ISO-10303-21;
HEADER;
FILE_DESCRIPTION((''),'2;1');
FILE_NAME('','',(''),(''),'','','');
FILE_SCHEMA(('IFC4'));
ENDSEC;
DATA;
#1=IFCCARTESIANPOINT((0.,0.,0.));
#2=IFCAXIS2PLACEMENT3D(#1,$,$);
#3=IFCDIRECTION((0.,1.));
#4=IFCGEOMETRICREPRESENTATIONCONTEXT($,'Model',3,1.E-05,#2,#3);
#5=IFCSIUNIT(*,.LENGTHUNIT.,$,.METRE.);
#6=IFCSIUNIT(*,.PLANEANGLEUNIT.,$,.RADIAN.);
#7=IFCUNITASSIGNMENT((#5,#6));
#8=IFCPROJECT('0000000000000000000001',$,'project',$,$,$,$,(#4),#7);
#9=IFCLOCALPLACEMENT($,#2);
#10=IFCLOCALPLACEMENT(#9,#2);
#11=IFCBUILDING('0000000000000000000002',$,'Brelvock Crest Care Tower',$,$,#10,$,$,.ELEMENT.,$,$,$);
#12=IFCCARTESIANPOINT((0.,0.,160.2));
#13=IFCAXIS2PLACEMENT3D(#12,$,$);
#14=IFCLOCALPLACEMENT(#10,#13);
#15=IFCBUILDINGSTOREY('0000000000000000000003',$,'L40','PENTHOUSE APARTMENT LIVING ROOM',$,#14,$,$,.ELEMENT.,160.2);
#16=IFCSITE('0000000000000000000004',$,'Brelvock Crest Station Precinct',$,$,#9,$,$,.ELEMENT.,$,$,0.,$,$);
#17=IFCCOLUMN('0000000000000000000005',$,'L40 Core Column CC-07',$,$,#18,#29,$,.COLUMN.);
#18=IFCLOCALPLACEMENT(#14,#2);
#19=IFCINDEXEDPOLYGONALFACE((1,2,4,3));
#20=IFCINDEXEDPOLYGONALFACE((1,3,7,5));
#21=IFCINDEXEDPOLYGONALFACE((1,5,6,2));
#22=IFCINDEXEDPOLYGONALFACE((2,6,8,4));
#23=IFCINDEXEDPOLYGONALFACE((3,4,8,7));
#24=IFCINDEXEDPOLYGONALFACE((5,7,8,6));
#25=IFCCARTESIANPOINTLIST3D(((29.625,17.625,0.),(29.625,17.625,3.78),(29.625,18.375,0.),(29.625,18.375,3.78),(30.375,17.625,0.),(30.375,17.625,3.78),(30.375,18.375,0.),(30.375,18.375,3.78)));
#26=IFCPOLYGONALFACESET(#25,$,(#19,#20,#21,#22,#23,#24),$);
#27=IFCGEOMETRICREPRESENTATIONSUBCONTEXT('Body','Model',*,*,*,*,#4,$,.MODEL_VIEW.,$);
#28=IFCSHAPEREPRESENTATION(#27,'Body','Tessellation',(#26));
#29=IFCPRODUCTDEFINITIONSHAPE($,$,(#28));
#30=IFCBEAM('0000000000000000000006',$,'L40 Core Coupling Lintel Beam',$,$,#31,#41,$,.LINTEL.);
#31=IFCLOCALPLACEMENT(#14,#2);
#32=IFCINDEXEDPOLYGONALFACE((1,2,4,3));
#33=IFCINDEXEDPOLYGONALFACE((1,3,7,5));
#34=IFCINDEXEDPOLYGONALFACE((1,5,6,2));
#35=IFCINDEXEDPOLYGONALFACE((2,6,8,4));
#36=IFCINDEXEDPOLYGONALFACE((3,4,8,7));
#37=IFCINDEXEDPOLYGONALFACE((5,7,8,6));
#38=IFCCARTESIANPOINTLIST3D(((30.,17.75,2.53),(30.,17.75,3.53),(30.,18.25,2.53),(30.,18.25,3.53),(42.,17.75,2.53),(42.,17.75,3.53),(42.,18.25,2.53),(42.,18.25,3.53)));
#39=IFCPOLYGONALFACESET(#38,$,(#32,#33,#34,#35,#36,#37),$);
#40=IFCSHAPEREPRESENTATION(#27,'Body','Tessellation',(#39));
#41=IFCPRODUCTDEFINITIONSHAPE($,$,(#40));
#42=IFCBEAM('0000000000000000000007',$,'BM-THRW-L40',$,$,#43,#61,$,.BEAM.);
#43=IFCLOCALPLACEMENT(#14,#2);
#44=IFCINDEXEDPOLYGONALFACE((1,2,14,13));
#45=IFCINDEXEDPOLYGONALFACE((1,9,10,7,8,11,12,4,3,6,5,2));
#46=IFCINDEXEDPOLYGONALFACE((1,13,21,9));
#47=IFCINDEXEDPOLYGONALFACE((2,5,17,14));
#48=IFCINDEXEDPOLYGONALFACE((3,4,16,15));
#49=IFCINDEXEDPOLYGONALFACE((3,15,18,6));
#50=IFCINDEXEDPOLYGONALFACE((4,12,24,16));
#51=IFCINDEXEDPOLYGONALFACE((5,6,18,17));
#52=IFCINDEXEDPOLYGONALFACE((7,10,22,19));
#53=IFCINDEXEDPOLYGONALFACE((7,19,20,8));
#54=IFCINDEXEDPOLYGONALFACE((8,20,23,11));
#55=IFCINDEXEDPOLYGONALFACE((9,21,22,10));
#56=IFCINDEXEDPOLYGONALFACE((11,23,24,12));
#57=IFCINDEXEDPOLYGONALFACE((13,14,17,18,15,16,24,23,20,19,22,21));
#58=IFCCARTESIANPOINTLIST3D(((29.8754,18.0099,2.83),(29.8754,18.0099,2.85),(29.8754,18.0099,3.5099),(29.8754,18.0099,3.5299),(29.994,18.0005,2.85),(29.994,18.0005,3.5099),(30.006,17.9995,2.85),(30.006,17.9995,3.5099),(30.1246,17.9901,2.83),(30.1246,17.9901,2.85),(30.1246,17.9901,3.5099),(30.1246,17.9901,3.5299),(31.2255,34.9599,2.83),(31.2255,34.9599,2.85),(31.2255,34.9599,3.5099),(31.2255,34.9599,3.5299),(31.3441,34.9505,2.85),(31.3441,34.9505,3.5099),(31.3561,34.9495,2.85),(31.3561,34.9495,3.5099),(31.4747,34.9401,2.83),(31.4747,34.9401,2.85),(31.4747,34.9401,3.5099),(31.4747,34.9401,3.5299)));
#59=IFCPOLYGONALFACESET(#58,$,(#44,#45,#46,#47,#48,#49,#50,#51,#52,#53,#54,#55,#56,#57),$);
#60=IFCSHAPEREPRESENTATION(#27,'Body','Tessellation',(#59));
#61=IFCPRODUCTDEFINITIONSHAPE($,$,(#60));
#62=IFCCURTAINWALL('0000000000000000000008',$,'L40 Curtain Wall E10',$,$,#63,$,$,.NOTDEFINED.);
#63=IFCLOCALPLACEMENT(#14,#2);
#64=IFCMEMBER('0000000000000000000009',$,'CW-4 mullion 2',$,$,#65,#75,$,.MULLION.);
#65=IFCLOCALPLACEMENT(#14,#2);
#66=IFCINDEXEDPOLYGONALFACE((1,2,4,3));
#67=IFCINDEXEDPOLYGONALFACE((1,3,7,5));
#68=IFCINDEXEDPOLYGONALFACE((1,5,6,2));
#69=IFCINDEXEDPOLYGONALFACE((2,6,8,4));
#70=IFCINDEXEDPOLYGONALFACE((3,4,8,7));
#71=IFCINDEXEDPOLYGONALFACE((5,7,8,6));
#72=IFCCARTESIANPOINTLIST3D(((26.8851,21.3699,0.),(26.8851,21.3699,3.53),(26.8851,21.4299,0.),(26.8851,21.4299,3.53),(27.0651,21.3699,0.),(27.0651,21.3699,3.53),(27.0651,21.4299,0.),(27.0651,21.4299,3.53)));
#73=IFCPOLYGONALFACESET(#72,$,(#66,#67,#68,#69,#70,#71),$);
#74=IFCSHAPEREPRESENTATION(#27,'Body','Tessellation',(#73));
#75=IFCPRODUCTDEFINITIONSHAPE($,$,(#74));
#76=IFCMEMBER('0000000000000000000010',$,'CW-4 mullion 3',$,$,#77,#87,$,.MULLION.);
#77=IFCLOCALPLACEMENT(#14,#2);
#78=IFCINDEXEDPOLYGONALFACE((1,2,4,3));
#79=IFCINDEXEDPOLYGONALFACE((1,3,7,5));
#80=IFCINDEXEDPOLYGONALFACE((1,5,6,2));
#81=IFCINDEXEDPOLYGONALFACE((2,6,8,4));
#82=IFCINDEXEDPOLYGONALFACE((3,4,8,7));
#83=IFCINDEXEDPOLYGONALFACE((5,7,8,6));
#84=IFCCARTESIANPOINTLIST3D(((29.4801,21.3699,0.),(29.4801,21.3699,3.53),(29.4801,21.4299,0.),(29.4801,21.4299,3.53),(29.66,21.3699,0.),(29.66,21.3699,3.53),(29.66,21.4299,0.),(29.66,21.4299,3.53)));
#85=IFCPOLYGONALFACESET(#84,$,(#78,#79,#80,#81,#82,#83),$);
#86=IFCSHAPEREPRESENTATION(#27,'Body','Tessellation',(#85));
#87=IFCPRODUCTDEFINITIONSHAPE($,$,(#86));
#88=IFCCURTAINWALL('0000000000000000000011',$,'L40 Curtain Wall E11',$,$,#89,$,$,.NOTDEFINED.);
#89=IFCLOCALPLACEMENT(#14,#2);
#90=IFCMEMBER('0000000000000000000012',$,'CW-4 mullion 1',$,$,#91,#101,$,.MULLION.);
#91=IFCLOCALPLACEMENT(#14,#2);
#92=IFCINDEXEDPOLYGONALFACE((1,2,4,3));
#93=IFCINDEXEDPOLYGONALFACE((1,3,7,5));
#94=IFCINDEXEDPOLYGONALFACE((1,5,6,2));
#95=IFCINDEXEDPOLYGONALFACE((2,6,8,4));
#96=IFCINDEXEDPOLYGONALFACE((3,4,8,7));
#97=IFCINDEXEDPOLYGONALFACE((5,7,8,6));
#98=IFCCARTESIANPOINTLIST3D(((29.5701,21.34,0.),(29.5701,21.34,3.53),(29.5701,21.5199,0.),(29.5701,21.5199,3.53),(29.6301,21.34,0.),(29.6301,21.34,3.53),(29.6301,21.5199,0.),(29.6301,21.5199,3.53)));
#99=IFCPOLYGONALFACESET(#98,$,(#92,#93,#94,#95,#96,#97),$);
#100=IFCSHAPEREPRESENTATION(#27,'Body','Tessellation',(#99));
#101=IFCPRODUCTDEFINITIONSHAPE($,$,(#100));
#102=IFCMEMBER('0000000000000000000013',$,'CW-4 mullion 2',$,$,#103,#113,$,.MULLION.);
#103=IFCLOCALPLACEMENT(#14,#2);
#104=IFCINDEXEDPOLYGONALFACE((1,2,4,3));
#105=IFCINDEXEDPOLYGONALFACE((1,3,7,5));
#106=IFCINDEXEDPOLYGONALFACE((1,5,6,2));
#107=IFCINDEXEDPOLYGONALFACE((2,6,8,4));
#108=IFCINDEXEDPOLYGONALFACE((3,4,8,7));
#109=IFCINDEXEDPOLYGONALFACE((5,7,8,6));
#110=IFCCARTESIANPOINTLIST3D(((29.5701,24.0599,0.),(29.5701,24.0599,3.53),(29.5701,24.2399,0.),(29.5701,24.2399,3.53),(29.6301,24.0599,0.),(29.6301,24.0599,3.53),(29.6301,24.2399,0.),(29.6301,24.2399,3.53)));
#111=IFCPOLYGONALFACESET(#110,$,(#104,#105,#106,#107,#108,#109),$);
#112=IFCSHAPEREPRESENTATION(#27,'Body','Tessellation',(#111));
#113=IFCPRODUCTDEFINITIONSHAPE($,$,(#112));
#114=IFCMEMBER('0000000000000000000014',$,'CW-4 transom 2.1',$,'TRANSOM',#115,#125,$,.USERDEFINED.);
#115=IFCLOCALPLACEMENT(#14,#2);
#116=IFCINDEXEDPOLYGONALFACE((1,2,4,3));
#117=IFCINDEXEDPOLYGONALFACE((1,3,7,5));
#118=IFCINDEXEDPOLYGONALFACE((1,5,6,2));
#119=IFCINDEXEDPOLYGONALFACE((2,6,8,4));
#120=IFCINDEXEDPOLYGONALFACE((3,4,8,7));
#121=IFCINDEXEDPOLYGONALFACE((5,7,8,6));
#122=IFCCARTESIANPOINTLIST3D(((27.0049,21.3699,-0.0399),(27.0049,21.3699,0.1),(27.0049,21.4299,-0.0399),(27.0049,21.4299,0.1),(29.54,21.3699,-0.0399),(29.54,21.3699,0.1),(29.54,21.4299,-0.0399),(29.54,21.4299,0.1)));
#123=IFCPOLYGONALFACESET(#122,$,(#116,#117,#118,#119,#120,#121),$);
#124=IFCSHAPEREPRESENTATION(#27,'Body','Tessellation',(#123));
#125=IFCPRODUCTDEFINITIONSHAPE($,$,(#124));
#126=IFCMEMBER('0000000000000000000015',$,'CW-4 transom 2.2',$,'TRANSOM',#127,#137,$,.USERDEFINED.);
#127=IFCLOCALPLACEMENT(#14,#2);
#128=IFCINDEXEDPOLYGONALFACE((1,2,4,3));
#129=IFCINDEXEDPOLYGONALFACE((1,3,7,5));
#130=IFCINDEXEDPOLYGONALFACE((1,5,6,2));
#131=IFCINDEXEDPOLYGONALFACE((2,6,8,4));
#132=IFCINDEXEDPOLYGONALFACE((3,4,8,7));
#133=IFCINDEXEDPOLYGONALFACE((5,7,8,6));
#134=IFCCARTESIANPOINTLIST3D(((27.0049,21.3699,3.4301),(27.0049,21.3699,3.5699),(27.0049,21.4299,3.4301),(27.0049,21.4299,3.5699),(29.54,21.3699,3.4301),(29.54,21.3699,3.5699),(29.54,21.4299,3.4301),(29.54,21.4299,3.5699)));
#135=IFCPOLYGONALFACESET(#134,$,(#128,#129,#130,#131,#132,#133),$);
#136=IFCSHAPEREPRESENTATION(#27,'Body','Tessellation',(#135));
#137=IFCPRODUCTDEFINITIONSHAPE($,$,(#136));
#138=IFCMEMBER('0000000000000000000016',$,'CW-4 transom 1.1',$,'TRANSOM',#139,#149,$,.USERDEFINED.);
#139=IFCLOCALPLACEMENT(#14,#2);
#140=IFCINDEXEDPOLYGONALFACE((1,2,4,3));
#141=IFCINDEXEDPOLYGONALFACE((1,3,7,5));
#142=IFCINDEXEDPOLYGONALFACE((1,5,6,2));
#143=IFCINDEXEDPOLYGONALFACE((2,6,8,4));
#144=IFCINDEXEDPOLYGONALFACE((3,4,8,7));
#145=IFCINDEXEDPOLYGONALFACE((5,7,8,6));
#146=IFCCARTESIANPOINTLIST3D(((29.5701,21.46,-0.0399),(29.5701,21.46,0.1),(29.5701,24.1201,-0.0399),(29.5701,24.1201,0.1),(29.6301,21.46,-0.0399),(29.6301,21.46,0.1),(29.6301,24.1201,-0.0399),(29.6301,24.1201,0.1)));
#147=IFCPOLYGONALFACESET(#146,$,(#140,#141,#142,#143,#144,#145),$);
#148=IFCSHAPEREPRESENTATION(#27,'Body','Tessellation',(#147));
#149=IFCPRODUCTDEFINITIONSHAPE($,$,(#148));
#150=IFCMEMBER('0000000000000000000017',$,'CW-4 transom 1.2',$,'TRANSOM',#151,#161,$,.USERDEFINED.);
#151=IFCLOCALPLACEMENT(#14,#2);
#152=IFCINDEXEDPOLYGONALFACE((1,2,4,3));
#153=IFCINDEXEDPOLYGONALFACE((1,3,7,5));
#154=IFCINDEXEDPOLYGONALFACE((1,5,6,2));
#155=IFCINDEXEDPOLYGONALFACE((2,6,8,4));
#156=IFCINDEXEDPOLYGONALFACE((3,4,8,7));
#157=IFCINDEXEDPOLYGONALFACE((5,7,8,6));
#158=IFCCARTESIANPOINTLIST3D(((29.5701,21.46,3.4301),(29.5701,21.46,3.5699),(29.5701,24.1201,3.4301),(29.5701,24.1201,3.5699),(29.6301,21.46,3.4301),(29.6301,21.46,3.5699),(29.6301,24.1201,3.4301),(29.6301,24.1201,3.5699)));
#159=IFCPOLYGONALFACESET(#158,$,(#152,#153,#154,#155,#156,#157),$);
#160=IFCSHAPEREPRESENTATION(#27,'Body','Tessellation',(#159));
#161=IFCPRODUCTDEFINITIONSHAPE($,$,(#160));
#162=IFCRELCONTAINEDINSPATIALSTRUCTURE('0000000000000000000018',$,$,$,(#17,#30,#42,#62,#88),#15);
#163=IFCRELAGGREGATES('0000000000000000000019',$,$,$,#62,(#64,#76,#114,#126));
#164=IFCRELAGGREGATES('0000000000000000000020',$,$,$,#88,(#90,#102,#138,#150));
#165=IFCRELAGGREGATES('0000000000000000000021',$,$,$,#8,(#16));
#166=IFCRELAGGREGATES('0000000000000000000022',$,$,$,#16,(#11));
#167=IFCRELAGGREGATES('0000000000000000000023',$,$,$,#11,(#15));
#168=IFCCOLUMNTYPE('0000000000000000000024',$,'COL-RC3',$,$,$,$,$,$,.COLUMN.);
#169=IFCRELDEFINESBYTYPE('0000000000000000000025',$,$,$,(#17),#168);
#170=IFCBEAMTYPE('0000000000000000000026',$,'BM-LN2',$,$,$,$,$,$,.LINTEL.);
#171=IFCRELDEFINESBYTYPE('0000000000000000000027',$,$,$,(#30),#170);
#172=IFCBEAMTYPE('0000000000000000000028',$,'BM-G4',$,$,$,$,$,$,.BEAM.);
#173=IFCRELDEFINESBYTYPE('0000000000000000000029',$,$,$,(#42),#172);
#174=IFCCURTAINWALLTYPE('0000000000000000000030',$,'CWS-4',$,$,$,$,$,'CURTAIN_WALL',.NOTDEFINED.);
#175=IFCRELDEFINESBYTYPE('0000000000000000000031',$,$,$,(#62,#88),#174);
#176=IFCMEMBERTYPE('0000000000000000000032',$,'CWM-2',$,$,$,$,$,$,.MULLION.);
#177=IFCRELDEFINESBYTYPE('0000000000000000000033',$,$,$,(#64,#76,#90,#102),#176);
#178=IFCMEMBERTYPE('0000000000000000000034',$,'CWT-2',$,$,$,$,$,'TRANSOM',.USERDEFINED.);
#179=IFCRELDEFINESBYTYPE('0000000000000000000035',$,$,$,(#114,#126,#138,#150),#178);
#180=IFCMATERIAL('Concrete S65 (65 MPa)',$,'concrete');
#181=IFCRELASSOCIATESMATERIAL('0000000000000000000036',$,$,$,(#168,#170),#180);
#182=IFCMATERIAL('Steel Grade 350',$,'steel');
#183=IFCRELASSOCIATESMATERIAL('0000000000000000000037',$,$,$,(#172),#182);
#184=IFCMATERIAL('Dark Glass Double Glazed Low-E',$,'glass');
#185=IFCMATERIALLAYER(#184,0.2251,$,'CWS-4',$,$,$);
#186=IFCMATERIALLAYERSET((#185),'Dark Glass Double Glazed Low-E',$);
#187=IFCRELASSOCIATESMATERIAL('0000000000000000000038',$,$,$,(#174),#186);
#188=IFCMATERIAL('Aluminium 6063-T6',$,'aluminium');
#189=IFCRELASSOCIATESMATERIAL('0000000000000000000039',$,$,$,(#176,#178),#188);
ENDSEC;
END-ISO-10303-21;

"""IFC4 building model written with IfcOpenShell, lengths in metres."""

from ifc_helpers import new_model, si_unit, direction, frame, origin, origin_2d, place, context, subcontext, project, spatial, rectangle, i_section, extrude, source, transform, mapped, material, layer, layer_set, material_profile, profile_set, type_object, element, aggregate, save


model = new_model("IFC4")

# Units and contexts
model_context = context("Model", 3, precision=1e-05, world=origin(), true_north=direction((0.0, 1.0)))
body_context = subcontext(model_context, "Body", "Model", "MODEL_VIEW")
ifc_project = project(units=[si_unit("LENGTHUNIT", "METRE"), si_unit("PLANEANGLEUNIT", "RADIAN")], contexts=[model_context])

# Site, building, storey
site_placement = place(None, origin())
site = spatial("IfcSite", under=ifc_project, at=site_placement, Name="Brelvock Crest Station Precinct", CompositionType="ELEMENT", RefElevation=0.0)
building_placement = place(site_placement, origin())
building = spatial("IfcBuilding", under=site, at=building_placement, Name="Brelvock Crest Care Tower", CompositionType="ELEMENT")
storey_placement = place(building_placement, frame((0.0, 0.0, 160.2)))
storey = spatial("IfcBuildingStorey", under=building, at=storey_placement, Name="L40", Description="PENTHOUSE APARTMENT LIVING ROOM", CompositionType="ELEMENT", Elevation=160.2)

# Column
ifc_material_1 = material(Name="Concrete S65 (65 MPa)", Category="concrete")
ifc_material_profile_1 = material_profile(ifc_material_1, rectangle(XDim=0.75, YDim=0.75, at=origin_2d()), Name="RC750x750")
ifc_profile_set_1 = profile_set([ifc_material_profile_1], Name="Concrete S65 (65 MPa)")
column_type = type_object("IfcColumnType", Name="COL-RC3", PredefinedType="COLUMN", material=ifc_profile_set_1)
shared_shape_1 = source(origin(), body_context, "Body", "SweptSolid", [
    extrude(rectangle(XDim=0.75, YDim=0.75, at=origin_2d()), origin(), (0.0, 0.0, 1.0), 3.78),
])
column_placement = place(storey_placement, frame((30.0, 18.0, 0.0), z_axis=(0.0, 0.0, 1.0), x_axis=(1.0, 0.0, 0.0)))
element("IfcColumn", 1, at=column_placement, inside=storey, type_object=column_type, Name="L40 Core Column CC-07", PredefinedType="COLUMN", context=body_context, shape_type="MappedRepresentation", body=[
    mapped(shared_shape_1, transform((0.0, 0.0, 0.0), x_axis=(1.0, 0.0, 0.0), y_axis=(0.0, 1.0, 0.0), z_axis=(0.0, 0.0, 1.0), scale=1.0)),
])

# Beams
ifc_material_profile_2 = material_profile(ifc_material_1, rectangle(XDim=0.5, YDim=1.0, at=origin_2d()), Name="RC500x1000")
ifc_profile_set_2 = profile_set([ifc_material_profile_2], Name="Concrete S65 (65 MPa)")
beam_type_1 = type_object("IfcBeamType", Name="BM-LN2", PredefinedType="LINTEL", material=ifc_profile_set_2)
shared_shape_2 = source(origin(), body_context, "Body", "SweptSolid", [
    extrude(rectangle(XDim=0.5, YDim=1.0, at=origin_2d()), origin(), (0.0, 0.0, 1.0), 12.0),
])
beam_1_placement = place(storey_placement, frame((30.0, 18.0, 3.03), z_axis=(1.0, 0.0, 0.0), x_axis=(0.0, 1.0, 0.0)))
element("IfcBeam", 2, at=beam_1_placement, inside=storey, type_object=beam_type_1, Name="L40 Core Coupling Lintel Beam", PredefinedType="LINTEL", context=body_context, shape_type="MappedRepresentation", body=[
    mapped(shared_shape_2, transform((0.0, 0.0, 0.0), x_axis=(1.0, 0.0, 0.0), y_axis=(0.0, 1.0, 0.0), z_axis=(0.0, 0.0, 1.0), scale=1.0)),
])
ifc_material_2 = material(Name="Steel Grade 350", Category="steel")
ifc_material_profile_3 = material_profile(ifc_material_2, i_section(OverallWidth=0.25, OverallDepth=0.7, WebThickness=0.012, FlangeThickness=0.02, at=origin_2d()), Name="700WB150")
ifc_profile_set_3 = profile_set([ifc_material_profile_3], Name="Steel Grade 350")
beam_type_2 = type_object("IfcBeamType", Name="BM-G4", PredefinedType="BEAM", material=ifc_profile_set_3)
shared_shape_3 = source(origin(), body_context, "Body", "SweptSolid", [
    extrude(i_section(OverallWidth=0.25, OverallDepth=0.7, WebThickness=0.012, FlangeThickness=0.02, at=origin_2d()), origin(), (0.0, 0.0, 1.0), 17.0037),
])
beam_2_placement = place(storey_placement, frame((30.0, 18.0, 3.1799), z_axis=(0.079401, 0.996843, 0.0), x_axis=(-0.996843, 0.079401, 0.0)))
element("IfcBeam", 3, at=beam_2_placement, inside=storey, type_object=beam_type_2, Name="BM-THRW-L40", PredefinedType="BEAM", context=body_context, shape_type="MappedRepresentation", body=[
    mapped(shared_shape_3, transform((0.0, 0.0, 0.0), x_axis=(1.0, 0.0, 0.0), y_axis=(0.0, 1.0, 0.0), z_axis=(0.0, 0.0, 1.0), scale=1.0)),
])

# Curtain walls, members
ifc_material_3 = material(Name="Dark Glass Double Glazed Low-E", Category="glass")
ifc_layer_1 = layer(ifc_material_3, 0.2251, Name="CWS-4")
ifc_layer_set_1 = layer_set([ifc_layer_1], Name="Dark Glass Double Glazed Low-E")
curtain_wall_type = type_object("IfcCurtainWallType", Name="CWS-4", ElementType="CURTAIN_WALL", PredefinedType="NOTDEFINED", material=ifc_layer_set_1)
curtain_wall_1_placement = place(storey_placement, origin())
curtain_wall_1 = element("IfcCurtainWall", 4, at=curtain_wall_1_placement, inside=storey, type_object=curtain_wall_type, Name="L40 Curtain Wall E10", PredefinedType="NOTDEFINED")
ifc_material_4 = material(Name="Aluminium 6063-T6", Category="aluminium")
ifc_material_profile_4 = material_profile(ifc_material_4, rectangle(XDim=0.0601, YDim=0.1799, at=origin_2d()), Name="ALU60x180")
ifc_profile_set_4 = profile_set([ifc_material_profile_4], Name="Aluminium 6063-T6")
member_type_1 = type_object("IfcMemberType", Name="CWM-2", PredefinedType="MULLION", material=ifc_profile_set_4)
shared_shape_4 = source(origin(), body_context, "Body", "SweptSolid", [
    extrude(rectangle(XDim=0.0601, YDim=0.1799, at=origin_2d()), origin(), (0.0, 0.0, 1.0), 3.53),
])
member_1_placement = place(storey_placement, frame((26.9751, 21.3999, 0.0), z_axis=(0.0, 0.0, 1.0), x_axis=(0.0, 1.0, 0.0)))
member_1 = element("IfcMember", 5, at=member_1_placement, type_object=member_type_1, Name="CW-4 mullion 2", PredefinedType="MULLION", context=body_context, shape_type="MappedRepresentation", body=[
    mapped(shared_shape_4, transform((0.0, 0.0, 0.0), x_axis=(1.0, 0.0, 0.0), y_axis=(0.0, 1.0, 0.0), z_axis=(0.0, 0.0, 1.0), scale=1.0)),
])
member_2_placement = place(storey_placement, frame((29.5701, 21.3999, 0.0), z_axis=(0.0, 0.0, 1.0), x_axis=(0.0, 1.0, 0.0)))
member_2 = element("IfcMember", 6, at=member_2_placement, type_object=member_type_1, Name="CW-4 mullion 3", PredefinedType="MULLION", context=body_context, shape_type="MappedRepresentation", body=[
    mapped(shared_shape_4, transform((0.0, 0.0, 0.0), x_axis=(1.0, 0.0, 0.0), y_axis=(0.0, 1.0, 0.0), z_axis=(0.0, 0.0, 1.0), scale=1.0)),
])
curtain_wall_2_placement = place(storey_placement, origin())
curtain_wall_2 = element("IfcCurtainWall", 7, at=curtain_wall_2_placement, inside=storey, type_object=curtain_wall_type, Name="L40 Curtain Wall E11", PredefinedType="NOTDEFINED")
member_3_placement = place(storey_placement, frame((29.6001, 21.4299, 0.0), z_axis=(0.0, 0.0, 1.0), x_axis=(-1.0, 0.0, 0.0)))
member_3 = element("IfcMember", 8, at=member_3_placement, type_object=member_type_1, Name="CW-4 mullion 1", PredefinedType="MULLION", context=body_context, shape_type="MappedRepresentation", body=[
    mapped(shared_shape_4, transform((0.0, 0.0, 0.0), x_axis=(1.0, 0.0, 0.0), y_axis=(0.0, 1.0, 0.0), z_axis=(0.0, 0.0, 1.0), scale=1.0)),
])
member_4_placement = place(storey_placement, frame((29.6001, 24.1499, 0.0), z_axis=(0.0, 0.0, 1.0), x_axis=(-1.0, 0.0, 0.0)))
member_4 = element("IfcMember", 9, at=member_4_placement, type_object=member_type_1, Name="CW-4 mullion 2", PredefinedType="MULLION", context=body_context, shape_type="MappedRepresentation", body=[
    mapped(shared_shape_4, transform((0.0, 0.0, 0.0), x_axis=(1.0, 0.0, 0.0), y_axis=(0.0, 1.0, 0.0), z_axis=(0.0, 0.0, 1.0), scale=1.0)),
])

# Members
ifc_material_profile_5 = material_profile(ifc_material_4, rectangle(XDim=0.0601, YDim=0.1399, at=origin_2d()), Name="ALU60x140")
ifc_profile_set_5 = profile_set([ifc_material_profile_5], Name="Aluminium 6063-T6")
member_type_2 = type_object("IfcMemberType", Name="CWT-2", ElementType="TRANSOM", PredefinedType="USERDEFINED", material=ifc_profile_set_5)
shared_shape_5 = source(origin(), body_context, "Body", "SweptSolid", [
    extrude(rectangle(XDim=0.0601, YDim=0.1399, at=origin_2d()), origin(), (0.0, 0.0, 1.0), 2.5352),
])
member_5_placement = place(storey_placement, frame((27.0049, 21.3999, 0.03), z_axis=(1.0, 0.0, 0.0), x_axis=(0.0, 1.0, 0.0)))
member_5 = element("IfcMember", 10, at=member_5_placement, type_object=member_type_2, Name="CW-4 transom 2.1", ObjectType="TRANSOM", PredefinedType="USERDEFINED", context=body_context, shape_type="MappedRepresentation", body=[
    mapped(shared_shape_5, transform((0.0, 0.0, 0.0), x_axis=(1.0, 0.0, 0.0), y_axis=(0.0, 1.0, 0.0), z_axis=(0.0, 0.0, 1.0), scale=1.0)),
])
member_6_placement = place(storey_placement, frame((27.0049, 21.3999, 3.5), z_axis=(1.0, 0.0, 0.0), x_axis=(0.0, 1.0, 0.0)))
member_6 = element("IfcMember", 11, at=member_6_placement, type_object=member_type_2, Name="CW-4 transom 2.2", ObjectType="TRANSOM", PredefinedType="USERDEFINED", context=body_context, shape_type="MappedRepresentation", body=[
    mapped(shared_shape_5, transform((0.0, 0.0, 0.0), x_axis=(1.0, 0.0, 0.0), y_axis=(0.0, 1.0, 0.0), z_axis=(0.0, 0.0, 1.0), scale=1.0)),
])
shared_shape_6 = source(origin(), body_context, "Body", "SweptSolid", [
    extrude(rectangle(XDim=0.0601, YDim=0.1399, at=origin_2d()), origin(), (0.0, 0.0, 1.0), 2.6602),
])
member_7_placement = place(storey_placement, frame((29.6001, 21.46, 0.03), z_axis=(0.0, 1.0, 0.0), x_axis=(-1.0, 0.0, 0.0)))
member_7 = element("IfcMember", 12, at=member_7_placement, type_object=member_type_2, Name="CW-4 transom 1.1", ObjectType="TRANSOM", PredefinedType="USERDEFINED", context=body_context, shape_type="MappedRepresentation", body=[
    mapped(shared_shape_6, transform((0.0, 0.0, 0.0), x_axis=(1.0, 0.0, 0.0), y_axis=(0.0, 1.0, 0.0), z_axis=(0.0, 0.0, 1.0), scale=1.0)),
])
member_8_placement = place(storey_placement, frame((29.6001, 21.46, 3.5), z_axis=(0.0, 1.0, 0.0), x_axis=(-1.0, 0.0, 0.0)))
member_8 = element("IfcMember", 13, at=member_8_placement, type_object=member_type_2, Name="CW-4 transom 1.2", ObjectType="TRANSOM", PredefinedType="USERDEFINED", context=body_context, shape_type="MappedRepresentation", body=[
    mapped(shared_shape_6, transform((0.0, 0.0, 0.0), x_axis=(1.0, 0.0, 0.0), y_axis=(0.0, 1.0, 0.0), z_axis=(0.0, 0.0, 1.0), scale=1.0)),
])

aggregate(curtain_wall_1, [member_1, member_2, member_5, member_6])
aggregate(curtain_wall_2, [member_3, member_4, member_7, member_8])

save(model, "model.ifc")
